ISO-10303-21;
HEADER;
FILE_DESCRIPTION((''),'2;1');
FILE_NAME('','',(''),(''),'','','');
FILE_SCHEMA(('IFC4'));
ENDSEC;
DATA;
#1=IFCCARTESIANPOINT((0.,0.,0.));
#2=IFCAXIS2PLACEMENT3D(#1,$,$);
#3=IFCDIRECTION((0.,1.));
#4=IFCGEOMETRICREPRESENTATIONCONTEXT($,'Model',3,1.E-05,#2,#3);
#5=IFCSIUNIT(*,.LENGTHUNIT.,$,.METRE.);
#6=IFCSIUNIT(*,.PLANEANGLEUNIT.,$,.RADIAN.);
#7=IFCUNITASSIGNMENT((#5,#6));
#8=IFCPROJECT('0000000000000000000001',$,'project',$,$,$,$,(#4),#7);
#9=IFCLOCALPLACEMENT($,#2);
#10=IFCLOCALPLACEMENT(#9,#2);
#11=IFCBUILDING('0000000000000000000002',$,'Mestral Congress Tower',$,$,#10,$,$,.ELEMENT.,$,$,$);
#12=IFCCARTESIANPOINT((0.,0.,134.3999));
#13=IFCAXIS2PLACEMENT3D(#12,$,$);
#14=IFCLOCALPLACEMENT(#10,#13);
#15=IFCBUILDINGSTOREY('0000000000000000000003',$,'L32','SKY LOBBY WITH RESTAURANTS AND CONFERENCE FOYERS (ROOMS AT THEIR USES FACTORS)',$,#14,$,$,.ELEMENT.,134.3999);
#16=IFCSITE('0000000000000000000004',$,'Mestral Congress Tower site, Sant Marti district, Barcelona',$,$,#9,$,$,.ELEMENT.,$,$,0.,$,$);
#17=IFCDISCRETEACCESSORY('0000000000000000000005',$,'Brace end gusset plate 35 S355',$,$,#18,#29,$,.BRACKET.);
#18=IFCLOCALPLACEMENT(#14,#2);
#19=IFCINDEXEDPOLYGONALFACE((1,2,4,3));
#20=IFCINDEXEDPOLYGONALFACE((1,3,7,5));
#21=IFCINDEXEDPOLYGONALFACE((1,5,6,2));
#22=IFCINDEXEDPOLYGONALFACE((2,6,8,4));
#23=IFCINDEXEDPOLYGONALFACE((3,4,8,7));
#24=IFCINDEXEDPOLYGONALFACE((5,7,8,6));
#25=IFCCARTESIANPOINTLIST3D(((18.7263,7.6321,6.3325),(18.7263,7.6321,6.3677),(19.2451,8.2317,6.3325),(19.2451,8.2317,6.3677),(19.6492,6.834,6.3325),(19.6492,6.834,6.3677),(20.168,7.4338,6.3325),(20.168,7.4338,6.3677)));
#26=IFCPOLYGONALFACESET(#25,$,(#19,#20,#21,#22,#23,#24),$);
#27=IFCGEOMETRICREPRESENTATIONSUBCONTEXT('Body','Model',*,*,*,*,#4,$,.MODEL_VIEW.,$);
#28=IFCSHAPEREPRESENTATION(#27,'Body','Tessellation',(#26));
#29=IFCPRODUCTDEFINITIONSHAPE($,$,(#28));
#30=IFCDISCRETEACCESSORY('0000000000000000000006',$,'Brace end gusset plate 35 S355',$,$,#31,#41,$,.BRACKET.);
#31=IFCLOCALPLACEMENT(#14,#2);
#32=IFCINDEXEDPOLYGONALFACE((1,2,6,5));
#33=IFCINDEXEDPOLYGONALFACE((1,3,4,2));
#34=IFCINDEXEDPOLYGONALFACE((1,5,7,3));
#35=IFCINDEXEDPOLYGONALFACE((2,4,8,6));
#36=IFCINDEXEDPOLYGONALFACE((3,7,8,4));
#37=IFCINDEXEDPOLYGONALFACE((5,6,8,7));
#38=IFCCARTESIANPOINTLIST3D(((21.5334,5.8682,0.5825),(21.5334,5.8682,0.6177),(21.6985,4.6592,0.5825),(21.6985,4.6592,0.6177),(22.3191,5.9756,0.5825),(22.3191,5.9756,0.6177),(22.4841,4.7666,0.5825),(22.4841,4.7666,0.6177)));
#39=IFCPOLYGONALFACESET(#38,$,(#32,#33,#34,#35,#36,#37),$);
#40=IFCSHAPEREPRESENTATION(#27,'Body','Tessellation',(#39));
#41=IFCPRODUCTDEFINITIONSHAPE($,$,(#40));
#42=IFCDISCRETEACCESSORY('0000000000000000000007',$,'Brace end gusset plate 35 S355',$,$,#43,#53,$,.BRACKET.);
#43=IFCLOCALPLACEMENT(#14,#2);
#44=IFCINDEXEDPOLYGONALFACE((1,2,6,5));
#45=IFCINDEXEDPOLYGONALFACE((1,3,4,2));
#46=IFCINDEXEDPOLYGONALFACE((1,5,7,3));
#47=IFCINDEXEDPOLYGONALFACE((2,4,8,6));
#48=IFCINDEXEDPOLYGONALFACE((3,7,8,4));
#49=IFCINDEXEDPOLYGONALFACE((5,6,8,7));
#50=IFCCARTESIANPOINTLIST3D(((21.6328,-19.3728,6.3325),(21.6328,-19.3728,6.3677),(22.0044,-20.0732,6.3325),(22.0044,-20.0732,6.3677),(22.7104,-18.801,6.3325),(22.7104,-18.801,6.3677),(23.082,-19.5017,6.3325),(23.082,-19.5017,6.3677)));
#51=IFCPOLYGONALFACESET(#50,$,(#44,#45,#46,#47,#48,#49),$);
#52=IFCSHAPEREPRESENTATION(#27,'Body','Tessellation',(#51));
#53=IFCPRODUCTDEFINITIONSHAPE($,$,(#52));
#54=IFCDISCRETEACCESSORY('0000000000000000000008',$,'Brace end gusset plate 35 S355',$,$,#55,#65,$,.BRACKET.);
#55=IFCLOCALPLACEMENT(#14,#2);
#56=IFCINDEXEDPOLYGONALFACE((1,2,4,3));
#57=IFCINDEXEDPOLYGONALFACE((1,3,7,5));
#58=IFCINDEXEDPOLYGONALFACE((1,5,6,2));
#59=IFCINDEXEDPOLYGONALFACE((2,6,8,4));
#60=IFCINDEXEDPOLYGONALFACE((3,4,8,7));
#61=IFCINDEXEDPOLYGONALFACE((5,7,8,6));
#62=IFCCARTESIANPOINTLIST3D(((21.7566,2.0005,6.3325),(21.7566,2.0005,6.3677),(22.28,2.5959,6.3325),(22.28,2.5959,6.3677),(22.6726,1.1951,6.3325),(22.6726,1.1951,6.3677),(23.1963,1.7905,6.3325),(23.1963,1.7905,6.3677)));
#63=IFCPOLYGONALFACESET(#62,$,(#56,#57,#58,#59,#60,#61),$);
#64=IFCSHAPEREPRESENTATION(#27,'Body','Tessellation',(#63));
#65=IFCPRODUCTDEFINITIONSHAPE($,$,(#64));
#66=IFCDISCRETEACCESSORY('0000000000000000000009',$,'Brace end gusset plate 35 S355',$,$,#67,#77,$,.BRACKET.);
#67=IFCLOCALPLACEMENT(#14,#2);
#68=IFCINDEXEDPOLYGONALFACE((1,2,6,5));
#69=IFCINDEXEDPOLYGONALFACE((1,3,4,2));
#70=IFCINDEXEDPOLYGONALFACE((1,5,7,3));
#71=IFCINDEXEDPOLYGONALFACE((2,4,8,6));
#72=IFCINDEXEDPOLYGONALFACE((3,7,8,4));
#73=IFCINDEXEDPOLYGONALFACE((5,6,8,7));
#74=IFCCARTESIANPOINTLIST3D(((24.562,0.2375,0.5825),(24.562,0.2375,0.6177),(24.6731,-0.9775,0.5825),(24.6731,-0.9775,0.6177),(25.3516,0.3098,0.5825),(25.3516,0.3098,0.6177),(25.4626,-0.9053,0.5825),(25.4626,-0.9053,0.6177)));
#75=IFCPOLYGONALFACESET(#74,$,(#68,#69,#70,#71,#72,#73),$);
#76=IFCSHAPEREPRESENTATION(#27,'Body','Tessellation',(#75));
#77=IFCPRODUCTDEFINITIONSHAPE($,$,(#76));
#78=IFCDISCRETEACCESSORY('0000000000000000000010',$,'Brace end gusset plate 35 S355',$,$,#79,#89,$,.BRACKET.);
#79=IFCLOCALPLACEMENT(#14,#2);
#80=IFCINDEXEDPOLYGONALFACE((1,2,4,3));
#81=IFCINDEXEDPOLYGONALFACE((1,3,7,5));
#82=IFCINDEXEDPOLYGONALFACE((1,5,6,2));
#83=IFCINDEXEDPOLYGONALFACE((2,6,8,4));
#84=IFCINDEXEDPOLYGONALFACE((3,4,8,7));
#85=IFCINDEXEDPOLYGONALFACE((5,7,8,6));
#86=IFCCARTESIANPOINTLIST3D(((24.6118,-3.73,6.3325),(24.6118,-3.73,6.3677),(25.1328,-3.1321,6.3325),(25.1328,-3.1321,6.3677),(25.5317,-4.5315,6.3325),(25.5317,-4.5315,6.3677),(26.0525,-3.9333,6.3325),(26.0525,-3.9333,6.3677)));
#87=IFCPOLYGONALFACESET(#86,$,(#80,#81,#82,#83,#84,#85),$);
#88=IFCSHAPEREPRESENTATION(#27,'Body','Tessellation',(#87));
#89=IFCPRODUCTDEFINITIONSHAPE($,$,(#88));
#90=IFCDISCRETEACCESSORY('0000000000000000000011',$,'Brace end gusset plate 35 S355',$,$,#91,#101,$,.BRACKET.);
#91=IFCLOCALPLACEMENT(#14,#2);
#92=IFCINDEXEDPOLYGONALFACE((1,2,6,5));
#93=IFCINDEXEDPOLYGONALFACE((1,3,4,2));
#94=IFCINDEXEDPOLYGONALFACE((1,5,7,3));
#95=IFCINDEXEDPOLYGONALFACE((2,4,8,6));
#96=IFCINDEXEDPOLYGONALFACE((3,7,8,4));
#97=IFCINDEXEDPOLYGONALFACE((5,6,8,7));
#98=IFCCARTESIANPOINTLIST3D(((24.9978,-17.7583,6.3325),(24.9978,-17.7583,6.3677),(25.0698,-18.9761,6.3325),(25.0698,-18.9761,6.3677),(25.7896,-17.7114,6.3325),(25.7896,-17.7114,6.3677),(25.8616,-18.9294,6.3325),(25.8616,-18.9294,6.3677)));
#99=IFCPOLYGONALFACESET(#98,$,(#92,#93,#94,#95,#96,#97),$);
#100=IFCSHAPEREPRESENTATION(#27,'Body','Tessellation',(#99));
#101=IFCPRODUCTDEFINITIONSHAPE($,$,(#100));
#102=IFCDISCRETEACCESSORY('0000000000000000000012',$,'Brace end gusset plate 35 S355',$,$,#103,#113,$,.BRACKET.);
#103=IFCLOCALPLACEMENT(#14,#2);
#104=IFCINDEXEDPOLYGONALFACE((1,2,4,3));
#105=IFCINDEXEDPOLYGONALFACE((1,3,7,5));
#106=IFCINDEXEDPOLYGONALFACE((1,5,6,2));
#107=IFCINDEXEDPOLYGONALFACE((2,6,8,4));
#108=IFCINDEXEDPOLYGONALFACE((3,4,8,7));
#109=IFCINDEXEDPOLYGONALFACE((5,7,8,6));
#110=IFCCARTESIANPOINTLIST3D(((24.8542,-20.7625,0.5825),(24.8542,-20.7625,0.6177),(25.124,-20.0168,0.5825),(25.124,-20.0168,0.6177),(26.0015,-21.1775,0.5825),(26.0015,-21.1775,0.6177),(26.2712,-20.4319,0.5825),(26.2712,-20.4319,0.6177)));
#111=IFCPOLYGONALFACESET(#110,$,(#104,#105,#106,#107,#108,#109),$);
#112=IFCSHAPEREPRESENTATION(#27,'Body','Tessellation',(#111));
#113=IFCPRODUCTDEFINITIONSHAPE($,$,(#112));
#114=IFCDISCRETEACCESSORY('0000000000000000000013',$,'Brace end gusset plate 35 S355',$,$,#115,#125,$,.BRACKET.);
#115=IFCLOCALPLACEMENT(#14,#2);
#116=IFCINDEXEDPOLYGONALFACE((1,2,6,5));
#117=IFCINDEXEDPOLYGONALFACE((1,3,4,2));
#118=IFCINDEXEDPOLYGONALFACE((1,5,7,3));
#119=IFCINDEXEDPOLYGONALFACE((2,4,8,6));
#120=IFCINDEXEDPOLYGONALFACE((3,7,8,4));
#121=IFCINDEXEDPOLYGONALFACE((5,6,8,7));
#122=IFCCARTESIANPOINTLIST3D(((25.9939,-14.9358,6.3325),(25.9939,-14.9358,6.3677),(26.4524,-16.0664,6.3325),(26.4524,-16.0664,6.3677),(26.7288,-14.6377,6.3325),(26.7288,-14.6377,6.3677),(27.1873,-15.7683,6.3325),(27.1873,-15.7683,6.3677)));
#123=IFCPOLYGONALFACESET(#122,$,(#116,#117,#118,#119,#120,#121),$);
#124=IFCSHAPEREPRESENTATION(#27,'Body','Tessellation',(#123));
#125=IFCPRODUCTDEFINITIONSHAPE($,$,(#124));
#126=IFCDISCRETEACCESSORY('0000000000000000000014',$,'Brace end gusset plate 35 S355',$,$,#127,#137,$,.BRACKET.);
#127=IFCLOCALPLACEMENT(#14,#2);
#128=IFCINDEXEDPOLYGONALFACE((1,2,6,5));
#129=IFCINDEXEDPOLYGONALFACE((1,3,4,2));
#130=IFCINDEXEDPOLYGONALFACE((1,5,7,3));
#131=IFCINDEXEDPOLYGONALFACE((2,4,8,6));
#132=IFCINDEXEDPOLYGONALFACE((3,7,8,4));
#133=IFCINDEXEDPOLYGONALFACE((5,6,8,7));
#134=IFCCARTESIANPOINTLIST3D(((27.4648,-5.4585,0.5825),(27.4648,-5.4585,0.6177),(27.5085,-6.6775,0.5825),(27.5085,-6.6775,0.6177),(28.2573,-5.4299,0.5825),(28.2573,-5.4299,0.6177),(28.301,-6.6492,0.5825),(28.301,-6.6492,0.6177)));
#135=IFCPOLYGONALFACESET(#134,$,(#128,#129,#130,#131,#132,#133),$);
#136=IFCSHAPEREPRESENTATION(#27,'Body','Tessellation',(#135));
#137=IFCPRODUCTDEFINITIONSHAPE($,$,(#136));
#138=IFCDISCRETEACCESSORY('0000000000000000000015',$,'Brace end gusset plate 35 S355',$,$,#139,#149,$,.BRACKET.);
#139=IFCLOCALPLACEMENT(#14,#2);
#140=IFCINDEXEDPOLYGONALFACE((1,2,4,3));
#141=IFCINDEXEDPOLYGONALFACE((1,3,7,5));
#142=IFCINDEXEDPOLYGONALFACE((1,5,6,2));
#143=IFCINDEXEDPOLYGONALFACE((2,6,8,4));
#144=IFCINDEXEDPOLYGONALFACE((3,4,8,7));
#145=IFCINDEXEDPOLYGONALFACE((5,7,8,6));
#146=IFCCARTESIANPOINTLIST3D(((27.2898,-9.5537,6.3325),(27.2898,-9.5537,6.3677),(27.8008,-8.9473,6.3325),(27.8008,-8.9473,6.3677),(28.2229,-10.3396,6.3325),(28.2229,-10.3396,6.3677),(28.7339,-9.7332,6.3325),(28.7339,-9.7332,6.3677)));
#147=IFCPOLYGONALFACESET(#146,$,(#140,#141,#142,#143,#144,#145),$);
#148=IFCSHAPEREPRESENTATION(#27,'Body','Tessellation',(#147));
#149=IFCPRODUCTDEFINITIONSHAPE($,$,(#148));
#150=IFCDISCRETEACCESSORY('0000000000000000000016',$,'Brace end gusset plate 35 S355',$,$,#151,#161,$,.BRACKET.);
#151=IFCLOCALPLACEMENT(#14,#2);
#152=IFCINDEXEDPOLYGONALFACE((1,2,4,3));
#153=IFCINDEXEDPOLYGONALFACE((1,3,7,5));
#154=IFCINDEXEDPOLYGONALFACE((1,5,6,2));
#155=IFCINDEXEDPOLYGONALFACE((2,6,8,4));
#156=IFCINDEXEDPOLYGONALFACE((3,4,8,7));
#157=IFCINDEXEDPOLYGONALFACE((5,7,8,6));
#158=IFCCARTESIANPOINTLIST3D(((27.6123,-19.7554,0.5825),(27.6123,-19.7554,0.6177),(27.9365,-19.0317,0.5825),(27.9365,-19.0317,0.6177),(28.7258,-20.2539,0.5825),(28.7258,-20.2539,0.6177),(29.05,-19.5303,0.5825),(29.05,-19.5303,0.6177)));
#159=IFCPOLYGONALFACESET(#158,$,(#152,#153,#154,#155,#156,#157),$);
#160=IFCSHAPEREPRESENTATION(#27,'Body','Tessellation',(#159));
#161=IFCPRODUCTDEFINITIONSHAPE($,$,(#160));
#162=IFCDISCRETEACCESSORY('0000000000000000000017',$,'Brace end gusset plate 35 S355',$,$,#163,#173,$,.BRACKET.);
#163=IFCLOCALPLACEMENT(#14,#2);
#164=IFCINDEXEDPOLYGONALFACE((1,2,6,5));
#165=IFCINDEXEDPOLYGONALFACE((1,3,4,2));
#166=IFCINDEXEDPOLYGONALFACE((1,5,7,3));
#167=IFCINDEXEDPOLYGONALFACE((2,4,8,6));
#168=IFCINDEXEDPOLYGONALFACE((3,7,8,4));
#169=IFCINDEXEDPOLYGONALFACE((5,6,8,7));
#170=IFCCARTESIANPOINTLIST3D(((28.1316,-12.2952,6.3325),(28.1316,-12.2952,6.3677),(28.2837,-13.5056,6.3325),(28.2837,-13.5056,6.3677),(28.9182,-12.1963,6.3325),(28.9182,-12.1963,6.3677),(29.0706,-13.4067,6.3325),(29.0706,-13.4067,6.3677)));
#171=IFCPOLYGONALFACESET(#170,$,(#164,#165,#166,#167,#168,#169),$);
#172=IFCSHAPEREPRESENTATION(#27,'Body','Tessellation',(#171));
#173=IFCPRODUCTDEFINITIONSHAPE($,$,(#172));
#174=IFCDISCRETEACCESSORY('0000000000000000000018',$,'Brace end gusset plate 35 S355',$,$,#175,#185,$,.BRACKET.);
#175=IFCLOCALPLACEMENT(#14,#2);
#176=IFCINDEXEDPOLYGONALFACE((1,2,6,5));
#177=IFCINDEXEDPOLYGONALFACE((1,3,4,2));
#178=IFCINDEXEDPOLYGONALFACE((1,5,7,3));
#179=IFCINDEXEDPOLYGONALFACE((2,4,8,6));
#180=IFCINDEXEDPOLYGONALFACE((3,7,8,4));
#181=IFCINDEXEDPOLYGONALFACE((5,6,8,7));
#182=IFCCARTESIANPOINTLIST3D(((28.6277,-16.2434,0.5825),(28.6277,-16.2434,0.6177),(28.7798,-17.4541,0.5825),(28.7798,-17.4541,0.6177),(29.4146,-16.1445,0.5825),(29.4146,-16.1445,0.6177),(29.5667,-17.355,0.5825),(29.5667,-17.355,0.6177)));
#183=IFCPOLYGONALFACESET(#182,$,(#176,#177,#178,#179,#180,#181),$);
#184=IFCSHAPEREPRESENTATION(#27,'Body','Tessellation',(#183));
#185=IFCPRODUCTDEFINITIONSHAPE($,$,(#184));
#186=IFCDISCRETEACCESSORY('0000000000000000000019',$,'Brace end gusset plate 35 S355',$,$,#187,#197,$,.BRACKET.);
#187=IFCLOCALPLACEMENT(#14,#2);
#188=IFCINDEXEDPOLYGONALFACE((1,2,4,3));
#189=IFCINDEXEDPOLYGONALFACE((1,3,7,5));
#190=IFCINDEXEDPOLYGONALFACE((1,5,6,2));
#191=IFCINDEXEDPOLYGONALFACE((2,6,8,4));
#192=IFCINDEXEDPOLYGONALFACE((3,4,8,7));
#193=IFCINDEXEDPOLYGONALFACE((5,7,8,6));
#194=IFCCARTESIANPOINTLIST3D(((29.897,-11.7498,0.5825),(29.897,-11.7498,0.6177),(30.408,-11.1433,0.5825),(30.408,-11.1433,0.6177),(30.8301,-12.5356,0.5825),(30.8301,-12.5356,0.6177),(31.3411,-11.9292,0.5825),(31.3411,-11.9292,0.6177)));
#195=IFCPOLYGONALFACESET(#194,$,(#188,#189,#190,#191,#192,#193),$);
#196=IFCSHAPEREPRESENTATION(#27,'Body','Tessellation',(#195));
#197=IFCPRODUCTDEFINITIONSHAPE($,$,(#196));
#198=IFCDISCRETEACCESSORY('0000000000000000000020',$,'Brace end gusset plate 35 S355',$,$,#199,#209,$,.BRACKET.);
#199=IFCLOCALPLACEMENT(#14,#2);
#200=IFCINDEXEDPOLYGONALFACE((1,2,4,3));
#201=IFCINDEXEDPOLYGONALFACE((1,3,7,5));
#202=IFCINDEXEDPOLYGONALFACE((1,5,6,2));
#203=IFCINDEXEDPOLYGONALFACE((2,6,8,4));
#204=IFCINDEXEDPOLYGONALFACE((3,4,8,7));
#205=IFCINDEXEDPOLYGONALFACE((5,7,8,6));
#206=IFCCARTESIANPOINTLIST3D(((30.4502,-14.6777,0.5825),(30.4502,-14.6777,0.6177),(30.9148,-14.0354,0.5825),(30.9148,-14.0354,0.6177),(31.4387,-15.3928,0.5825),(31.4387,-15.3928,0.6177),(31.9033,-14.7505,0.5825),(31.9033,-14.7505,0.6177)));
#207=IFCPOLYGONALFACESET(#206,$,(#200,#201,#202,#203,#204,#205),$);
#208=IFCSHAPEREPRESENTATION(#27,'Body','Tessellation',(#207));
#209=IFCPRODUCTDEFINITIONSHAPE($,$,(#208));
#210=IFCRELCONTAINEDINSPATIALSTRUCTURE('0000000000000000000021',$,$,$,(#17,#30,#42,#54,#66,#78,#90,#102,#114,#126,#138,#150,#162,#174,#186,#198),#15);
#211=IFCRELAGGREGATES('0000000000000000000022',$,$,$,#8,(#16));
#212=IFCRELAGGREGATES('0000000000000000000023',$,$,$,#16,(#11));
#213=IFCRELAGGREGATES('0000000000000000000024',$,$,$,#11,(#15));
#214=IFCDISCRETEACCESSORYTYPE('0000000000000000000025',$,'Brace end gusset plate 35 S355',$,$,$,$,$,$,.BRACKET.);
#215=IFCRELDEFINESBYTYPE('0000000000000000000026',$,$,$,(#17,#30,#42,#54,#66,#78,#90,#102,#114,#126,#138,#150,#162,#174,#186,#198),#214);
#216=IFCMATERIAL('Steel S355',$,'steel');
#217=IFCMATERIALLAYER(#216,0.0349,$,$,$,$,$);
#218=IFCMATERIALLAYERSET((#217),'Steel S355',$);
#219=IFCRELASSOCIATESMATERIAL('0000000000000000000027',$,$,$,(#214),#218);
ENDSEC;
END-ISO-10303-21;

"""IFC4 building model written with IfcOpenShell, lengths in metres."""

from ifc_helpers import new_model, si_unit, direction, frame, origin, place, context, subcontext, project, spatial, polyline, outline, extrude, material, layer, layer_set, type_object, element, save


model = new_model("IFC4")

# Units and contexts
model_context = context("Model", 3, precision=1e-05, world=origin(), true_north=direction((0.0, 1.0)))
body_context = subcontext(model_context, "Body", "Model", "MODEL_VIEW")
ifc_project = project(units=[si_unit("LENGTHUNIT", "METRE"), si_unit("PLANEANGLEUNIT", "RADIAN")], contexts=[model_context])

# Site, building, storey
site_placement = place(None, origin())
site = spatial("IfcSite", under=ifc_project, at=site_placement, Name="Mestral Congress Tower site, Sant Marti district, Barcelona", CompositionType="ELEMENT", RefElevation=0.0)
building_placement = place(site_placement, origin())
building = spatial("IfcBuilding", under=site, at=building_placement, Name="Mestral Congress Tower", CompositionType="ELEMENT")
storey_placement = place(building_placement, frame((0.0, 0.0, 134.3999)))
storey = spatial("IfcBuildingStorey", under=building, at=storey_placement, Name="L32", Description="SKY LOBBY WITH RESTAURANTS AND CONFERENCE FOYERS (ROOMS AT THEIR USES FACTORS)", CompositionType="ELEMENT", Elevation=134.3999)

# Discrete accessories
ifc_material_1 = material(Name="Steel S355", Category="steel")
ifc_layer_1 = layer(ifc_material_1, 0.0349)
ifc_layer_set_1 = layer_set([ifc_layer_1], Name="Steel S355")
discrete_accessory_type = type_object("IfcDiscreteAccessoryType", Name="Brace end gusset plate 35 S355", PredefinedType="BRACKET", material=ifc_layer_set_1)
placement_1 = place(storey_placement, frame((0.0, 0.0, 6.3325)))
placement_2 = place(storey_placement, frame((0.0, 0.0, 0.5825)))
element("IfcDiscreteAccessory", 1, at=placement_1, inside=storey, type_object=discrete_accessory_type, Name="Brace end gusset plate 35 S355", PredefinedType="BRACKET", context=body_context, shape_type="SweptSolid", body=[
    extrude(outline(polyline([(18.7263, 7.6321), (19.6492, 6.834), (20.168, 7.4338), (19.2451, 8.2317), (18.7263, 7.6321)])), origin(), (0.0, 0.0, 1.0), 0.0352),
])
element("IfcDiscreteAccessory", 2, at=placement_2, inside=storey, type_object=discrete_accessory_type, Name="Brace end gusset plate 35 S355", PredefinedType="BRACKET", context=body_context, shape_type="SweptSolid", body=[
    extrude(outline(polyline([(21.5334, 5.8682), (21.6985, 4.6592), (22.4841, 4.7666), (22.3191, 5.9756), (21.5334, 5.8682)])), origin(), (0.0, 0.0, 1.0), 0.0352),
])
element("IfcDiscreteAccessory", 3, at=placement_1, inside=storey, type_object=discrete_accessory_type, Name="Brace end gusset plate 35 S355", PredefinedType="BRACKET", context=body_context, shape_type="SweptSolid", body=[
    extrude(outline(polyline([(22.7104, -18.801), (21.6328, -19.3728), (22.0044, -20.0732), (23.082, -19.5017), (22.7104, -18.801)])), origin(), (0.0, 0.0, 1.0), 0.0352),
])
element("IfcDiscreteAccessory", 4, at=placement_1, inside=storey, type_object=discrete_accessory_type, Name="Brace end gusset plate 35 S355", PredefinedType="BRACKET", context=body_context, shape_type="SweptSolid", body=[
    extrude(outline(polyline([(21.7566, 2.0005), (22.6726, 1.1951), (23.1963, 1.7905), (22.28, 2.5959), (21.7566, 2.0005)])), origin(), (0.0, 0.0, 1.0), 0.0352),
])
element("IfcDiscreteAccessory", 5, at=placement_2, inside=storey, type_object=discrete_accessory_type, Name="Brace end gusset plate 35 S355", PredefinedType="BRACKET", context=body_context, shape_type="SweptSolid", body=[
    extrude(outline(polyline([(24.562, 0.2375), (24.6731, -0.9775), (25.4626, -0.9053), (25.3516, 0.3098), (24.562, 0.2375)])), origin(), (0.0, 0.0, 1.0), 0.0352),
])
element("IfcDiscreteAccessory", 6, at=placement_1, inside=storey, type_object=discrete_accessory_type, Name="Brace end gusset plate 35 S355", PredefinedType="BRACKET", context=body_context, shape_type="SweptSolid", body=[
    extrude(outline(polyline([(24.6118, -3.73), (25.5317, -4.5315), (26.0525, -3.9333), (25.1328, -3.1321), (24.6118, -3.73)])), origin(), (0.0, 0.0, 1.0), 0.0352),
])
element("IfcDiscreteAccessory", 7, at=placement_1, inside=storey, type_object=discrete_accessory_type, Name="Brace end gusset plate 35 S355", PredefinedType="BRACKET", context=body_context, shape_type="SweptSolid", body=[
    extrude(outline(polyline([(24.9978, -17.7583), (25.0698, -18.9761), (25.8616, -18.9294), (25.7896, -17.7114), (24.9978, -17.7583)])), origin(), (0.0, 0.0, 1.0), 0.0352),
])
element("IfcDiscreteAccessory", 8, at=placement_2, inside=storey, type_object=discrete_accessory_type, Name="Brace end gusset plate 35 S355", PredefinedType="BRACKET", context=body_context, shape_type="SweptSolid", body=[
    extrude(outline(polyline([(26.2712, -20.4319), (25.124, -20.0168), (24.8542, -20.7625), (26.0015, -21.1775), (26.2712, -20.4319)])), origin(), (0.0, 0.0, 1.0), 0.0352),
])
element("IfcDiscreteAccessory", 9, at=placement_1, inside=storey, type_object=discrete_accessory_type, Name="Brace end gusset plate 35 S355", PredefinedType="BRACKET", context=body_context, shape_type="SweptSolid", body=[
    extrude(outline(polyline([(25.9939, -14.9358), (26.4524, -16.0664), (27.1873, -15.7683), (26.7288, -14.6377), (25.9939, -14.9358)])), origin(), (0.0, 0.0, 1.0), 0.0352),
])
element("IfcDiscreteAccessory", 10, at=placement_2, inside=storey, type_object=discrete_accessory_type, Name="Brace end gusset plate 35 S355", PredefinedType="BRACKET", context=body_context, shape_type="SweptSolid", body=[
    extrude(outline(polyline([(27.4648, -5.4585), (27.5085, -6.6775), (28.301, -6.6492), (28.2573, -5.4299), (27.4648, -5.4585)])), origin(), (0.0, 0.0, 1.0), 0.0352),
])
element("IfcDiscreteAccessory", 11, at=placement_1, inside=storey, type_object=discrete_accessory_type, Name="Brace end gusset plate 35 S355", PredefinedType="BRACKET", context=body_context, shape_type="SweptSolid", body=[
    extrude(outline(polyline([(27.2898, -9.5537), (28.2229, -10.3396), (28.7339, -9.7332), (27.8008, -8.9473), (27.2898, -9.5537)])), origin(), (0.0, 0.0, 1.0), 0.0352),
])
element("IfcDiscreteAccessory", 12, at=placement_2, inside=storey, type_object=discrete_accessory_type, Name="Brace end gusset plate 35 S355", PredefinedType="BRACKET", context=body_context, shape_type="SweptSolid", body=[
    extrude(outline(polyline([(29.05, -19.5303), (27.9365, -19.0317), (27.6123, -19.7554), (28.7258, -20.2539), (29.05, -19.5303)])), origin(), (0.0, 0.0, 1.0), 0.0352),
])
element("IfcDiscreteAccessory", 13, at=placement_1, inside=storey, type_object=discrete_accessory_type, Name="Brace end gusset plate 35 S355", PredefinedType="BRACKET", context=body_context, shape_type="SweptSolid", body=[
    extrude(outline(polyline([(28.1316, -12.2952), (28.2837, -13.5056), (29.0706, -13.4067), (28.9182, -12.1963), (28.1316, -12.2952)])), origin(), (0.0, 0.0, 1.0), 0.0352),
])
element("IfcDiscreteAccessory", 14, at=placement_2, inside=storey, type_object=discrete_accessory_type, Name="Brace end gusset plate 35 S355", PredefinedType="BRACKET", context=body_context, shape_type="SweptSolid", body=[
    extrude(outline(polyline([(29.5667, -17.355), (29.4146, -16.1445), (28.6277, -16.2434), (28.7798, -17.4541), (29.5667, -17.355)])), origin(), (0.0, 0.0, 1.0), 0.0352),
])
element("IfcDiscreteAccessory", 15, at=placement_2, inside=storey, type_object=discrete_accessory_type, Name="Brace end gusset plate 35 S355", PredefinedType="BRACKET", context=body_context, shape_type="SweptSolid", body=[
    extrude(outline(polyline([(31.3411, -11.9292), (30.408, -11.1433), (29.897, -11.7498), (30.8301, -12.5356), (31.3411, -11.9292)])), origin(), (0.0, 0.0, 1.0), 0.0352),
])
element("IfcDiscreteAccessory", 16, at=placement_2, inside=storey, type_object=discrete_accessory_type, Name="Brace end gusset plate 35 S355", PredefinedType="BRACKET", context=body_context, shape_type="SweptSolid", body=[
    extrude(outline(polyline([(31.9033, -14.7505), (30.9148, -14.0354), (30.4502, -14.6777), (31.4387, -15.3928), (31.9033, -14.7505)])), origin(), (0.0, 0.0, 1.0), 0.0352),
])

save(model, "model.ifc")
